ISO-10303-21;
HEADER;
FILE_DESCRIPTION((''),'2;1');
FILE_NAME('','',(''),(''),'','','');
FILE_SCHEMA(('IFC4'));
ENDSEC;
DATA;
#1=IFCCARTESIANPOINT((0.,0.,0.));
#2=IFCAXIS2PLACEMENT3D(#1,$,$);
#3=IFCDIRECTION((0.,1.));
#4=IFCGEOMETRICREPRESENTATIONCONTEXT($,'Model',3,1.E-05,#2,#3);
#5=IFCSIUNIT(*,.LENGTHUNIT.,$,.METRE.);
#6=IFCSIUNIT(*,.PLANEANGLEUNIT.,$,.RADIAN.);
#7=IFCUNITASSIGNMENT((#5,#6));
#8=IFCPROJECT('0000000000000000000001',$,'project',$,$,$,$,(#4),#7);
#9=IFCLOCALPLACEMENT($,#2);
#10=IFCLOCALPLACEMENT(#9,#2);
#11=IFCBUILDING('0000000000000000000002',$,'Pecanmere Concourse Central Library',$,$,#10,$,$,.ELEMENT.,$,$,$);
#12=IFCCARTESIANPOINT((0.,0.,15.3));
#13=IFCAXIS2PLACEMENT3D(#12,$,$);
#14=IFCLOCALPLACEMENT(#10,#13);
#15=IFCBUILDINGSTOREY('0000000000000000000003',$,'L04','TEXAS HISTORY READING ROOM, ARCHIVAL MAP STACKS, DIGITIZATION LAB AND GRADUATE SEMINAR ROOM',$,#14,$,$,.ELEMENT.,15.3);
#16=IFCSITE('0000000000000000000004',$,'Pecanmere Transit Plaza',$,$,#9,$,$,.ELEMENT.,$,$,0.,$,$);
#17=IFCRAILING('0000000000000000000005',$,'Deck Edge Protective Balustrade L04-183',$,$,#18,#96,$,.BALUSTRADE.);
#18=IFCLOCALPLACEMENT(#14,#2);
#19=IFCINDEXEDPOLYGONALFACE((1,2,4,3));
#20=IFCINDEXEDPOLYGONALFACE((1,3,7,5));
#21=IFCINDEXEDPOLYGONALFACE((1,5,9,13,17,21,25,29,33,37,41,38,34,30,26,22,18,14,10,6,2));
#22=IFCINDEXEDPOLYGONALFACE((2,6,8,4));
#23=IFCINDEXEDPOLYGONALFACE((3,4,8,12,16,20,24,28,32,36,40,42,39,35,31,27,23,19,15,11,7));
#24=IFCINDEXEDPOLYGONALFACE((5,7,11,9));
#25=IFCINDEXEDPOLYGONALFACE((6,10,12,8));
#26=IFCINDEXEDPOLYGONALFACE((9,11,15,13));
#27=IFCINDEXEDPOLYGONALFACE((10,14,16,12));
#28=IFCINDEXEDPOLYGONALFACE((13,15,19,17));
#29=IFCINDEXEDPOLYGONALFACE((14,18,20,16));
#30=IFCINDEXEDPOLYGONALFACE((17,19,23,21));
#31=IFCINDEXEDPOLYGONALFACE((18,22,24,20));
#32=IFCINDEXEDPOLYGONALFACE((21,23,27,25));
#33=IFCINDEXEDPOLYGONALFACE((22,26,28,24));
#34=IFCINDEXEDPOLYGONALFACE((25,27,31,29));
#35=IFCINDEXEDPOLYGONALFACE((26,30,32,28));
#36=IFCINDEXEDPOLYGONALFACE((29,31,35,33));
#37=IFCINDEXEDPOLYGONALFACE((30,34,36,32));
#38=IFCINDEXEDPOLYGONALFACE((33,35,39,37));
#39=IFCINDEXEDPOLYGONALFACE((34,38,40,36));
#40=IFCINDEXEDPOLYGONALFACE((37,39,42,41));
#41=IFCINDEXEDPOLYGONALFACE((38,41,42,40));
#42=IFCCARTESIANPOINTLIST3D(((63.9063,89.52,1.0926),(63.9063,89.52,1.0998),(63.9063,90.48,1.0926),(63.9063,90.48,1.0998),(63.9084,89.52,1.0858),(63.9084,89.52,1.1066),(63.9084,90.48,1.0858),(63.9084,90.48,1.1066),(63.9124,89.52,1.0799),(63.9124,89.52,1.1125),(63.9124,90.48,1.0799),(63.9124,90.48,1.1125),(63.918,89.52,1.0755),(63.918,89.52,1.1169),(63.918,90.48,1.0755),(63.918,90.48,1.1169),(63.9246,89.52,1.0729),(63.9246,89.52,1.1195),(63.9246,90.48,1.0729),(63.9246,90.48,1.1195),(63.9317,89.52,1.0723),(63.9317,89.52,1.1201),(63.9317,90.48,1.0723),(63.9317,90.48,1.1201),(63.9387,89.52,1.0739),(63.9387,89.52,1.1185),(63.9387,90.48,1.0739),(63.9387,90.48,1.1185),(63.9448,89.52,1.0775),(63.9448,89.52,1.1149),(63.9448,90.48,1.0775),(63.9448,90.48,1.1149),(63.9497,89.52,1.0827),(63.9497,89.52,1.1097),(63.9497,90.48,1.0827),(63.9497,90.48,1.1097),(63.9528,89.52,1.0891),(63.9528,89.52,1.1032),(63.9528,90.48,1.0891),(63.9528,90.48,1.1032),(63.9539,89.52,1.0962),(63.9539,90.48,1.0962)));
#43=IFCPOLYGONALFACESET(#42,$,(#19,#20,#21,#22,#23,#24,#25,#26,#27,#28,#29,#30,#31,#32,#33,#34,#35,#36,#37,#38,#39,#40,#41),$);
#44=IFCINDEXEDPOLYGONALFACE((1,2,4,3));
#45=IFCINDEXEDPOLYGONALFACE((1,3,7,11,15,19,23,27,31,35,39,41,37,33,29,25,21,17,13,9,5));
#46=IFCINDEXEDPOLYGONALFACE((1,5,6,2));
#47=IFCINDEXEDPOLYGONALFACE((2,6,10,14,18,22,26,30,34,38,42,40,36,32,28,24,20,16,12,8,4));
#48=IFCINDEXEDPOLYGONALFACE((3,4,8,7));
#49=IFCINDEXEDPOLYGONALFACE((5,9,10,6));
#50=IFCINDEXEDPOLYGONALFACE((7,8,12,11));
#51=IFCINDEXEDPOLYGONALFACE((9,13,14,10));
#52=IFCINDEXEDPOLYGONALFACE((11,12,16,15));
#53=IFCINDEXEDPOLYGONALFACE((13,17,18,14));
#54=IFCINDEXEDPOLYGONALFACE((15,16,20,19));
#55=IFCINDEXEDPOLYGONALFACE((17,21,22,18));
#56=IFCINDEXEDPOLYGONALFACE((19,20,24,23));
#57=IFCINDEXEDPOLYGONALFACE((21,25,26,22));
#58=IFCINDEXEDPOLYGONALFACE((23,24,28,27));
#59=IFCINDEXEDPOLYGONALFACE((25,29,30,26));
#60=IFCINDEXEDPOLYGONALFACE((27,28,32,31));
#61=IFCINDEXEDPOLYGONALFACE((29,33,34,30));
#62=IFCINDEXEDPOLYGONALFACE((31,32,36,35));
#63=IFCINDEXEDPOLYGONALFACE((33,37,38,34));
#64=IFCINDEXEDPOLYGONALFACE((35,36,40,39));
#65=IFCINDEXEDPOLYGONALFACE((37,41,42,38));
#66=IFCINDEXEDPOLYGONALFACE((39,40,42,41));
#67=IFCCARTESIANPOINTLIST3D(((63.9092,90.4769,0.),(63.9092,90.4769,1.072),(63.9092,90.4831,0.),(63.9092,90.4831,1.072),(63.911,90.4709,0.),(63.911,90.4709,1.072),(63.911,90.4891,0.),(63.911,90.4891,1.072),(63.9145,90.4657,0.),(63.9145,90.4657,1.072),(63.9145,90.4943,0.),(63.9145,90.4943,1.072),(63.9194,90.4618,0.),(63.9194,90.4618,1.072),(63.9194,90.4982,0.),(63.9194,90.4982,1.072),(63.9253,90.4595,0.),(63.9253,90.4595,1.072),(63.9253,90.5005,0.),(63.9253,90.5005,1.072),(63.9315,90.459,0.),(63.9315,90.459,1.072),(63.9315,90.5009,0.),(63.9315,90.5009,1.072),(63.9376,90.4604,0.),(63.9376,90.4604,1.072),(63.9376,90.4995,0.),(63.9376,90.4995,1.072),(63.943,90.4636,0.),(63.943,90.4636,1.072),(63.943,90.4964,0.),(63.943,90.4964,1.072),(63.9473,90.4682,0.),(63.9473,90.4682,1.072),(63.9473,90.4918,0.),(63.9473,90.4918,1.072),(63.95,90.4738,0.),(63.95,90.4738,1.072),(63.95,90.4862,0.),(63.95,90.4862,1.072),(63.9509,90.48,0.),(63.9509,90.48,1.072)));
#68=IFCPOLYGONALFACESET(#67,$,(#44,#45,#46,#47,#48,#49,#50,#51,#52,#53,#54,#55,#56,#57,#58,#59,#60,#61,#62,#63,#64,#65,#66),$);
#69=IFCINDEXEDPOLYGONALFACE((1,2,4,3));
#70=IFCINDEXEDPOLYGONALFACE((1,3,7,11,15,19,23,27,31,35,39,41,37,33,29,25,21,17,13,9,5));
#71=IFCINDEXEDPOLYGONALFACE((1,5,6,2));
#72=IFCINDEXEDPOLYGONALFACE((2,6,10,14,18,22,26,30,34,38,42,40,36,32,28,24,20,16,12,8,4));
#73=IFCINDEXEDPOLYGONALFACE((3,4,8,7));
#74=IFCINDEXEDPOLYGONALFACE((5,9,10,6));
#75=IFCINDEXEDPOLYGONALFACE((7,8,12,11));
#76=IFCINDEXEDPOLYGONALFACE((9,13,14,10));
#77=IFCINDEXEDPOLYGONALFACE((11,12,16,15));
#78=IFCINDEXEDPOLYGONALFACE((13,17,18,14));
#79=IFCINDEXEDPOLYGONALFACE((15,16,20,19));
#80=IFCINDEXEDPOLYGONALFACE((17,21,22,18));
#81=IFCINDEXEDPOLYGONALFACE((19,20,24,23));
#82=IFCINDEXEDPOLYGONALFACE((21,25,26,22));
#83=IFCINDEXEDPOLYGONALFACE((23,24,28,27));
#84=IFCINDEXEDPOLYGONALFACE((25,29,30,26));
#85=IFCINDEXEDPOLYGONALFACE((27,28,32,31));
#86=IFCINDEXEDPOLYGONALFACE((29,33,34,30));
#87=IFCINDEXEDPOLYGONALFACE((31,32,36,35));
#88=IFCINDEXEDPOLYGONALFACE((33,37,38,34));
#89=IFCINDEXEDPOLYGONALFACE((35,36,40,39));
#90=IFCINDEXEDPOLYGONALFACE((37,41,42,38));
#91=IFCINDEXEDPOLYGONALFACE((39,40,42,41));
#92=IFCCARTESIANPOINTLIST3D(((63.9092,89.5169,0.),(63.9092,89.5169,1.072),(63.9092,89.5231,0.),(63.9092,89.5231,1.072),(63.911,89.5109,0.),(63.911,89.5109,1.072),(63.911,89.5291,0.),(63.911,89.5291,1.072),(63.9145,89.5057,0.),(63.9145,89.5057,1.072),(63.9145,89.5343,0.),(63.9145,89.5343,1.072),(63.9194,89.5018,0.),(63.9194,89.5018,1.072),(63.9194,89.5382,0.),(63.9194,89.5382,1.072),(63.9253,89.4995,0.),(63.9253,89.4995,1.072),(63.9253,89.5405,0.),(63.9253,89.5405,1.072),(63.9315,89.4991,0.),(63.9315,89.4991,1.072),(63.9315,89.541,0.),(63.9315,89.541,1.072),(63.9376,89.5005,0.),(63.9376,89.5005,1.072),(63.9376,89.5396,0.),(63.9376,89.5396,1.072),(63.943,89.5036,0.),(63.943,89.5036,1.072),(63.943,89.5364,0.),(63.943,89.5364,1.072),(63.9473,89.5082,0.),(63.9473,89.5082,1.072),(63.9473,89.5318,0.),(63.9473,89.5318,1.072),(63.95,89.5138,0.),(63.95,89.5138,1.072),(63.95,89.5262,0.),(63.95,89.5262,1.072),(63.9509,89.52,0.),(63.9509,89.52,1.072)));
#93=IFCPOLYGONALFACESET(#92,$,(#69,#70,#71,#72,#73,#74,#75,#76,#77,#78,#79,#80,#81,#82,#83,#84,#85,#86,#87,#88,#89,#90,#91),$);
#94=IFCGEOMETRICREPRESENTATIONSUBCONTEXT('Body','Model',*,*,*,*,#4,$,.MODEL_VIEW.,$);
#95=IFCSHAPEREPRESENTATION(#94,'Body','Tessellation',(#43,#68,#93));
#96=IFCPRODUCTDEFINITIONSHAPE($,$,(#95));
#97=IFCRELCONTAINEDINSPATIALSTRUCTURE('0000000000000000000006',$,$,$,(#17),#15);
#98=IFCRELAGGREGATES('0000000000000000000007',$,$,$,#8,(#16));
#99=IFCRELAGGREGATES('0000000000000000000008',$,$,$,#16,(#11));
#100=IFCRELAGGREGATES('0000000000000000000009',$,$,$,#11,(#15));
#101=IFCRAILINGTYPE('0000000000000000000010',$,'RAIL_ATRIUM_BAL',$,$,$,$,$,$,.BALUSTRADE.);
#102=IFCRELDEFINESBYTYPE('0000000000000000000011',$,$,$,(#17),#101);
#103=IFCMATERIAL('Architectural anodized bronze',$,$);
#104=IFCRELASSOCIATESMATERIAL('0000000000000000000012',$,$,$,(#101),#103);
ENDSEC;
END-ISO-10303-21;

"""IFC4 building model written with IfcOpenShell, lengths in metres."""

from ifc_helpers import new_model, si_unit, direction, frame, origin, origin_2d, place, context, subcontext, project, spatial, circle, extrude, material, type_object, element, save


model = new_model("IFC4")

# Units and contexts
model_context = context("Model", 3, precision=1e-05, world=origin(), true_north=direction((0.0, 1.0)))
body_context = subcontext(model_context, "Body", "Model", "MODEL_VIEW")
ifc_project = project(units=[si_unit("LENGTHUNIT", "METRE"), si_unit("PLANEANGLEUNIT", "RADIAN")], contexts=[model_context])

# Site, building, storey
site_placement = place(None, origin())
site = spatial("IfcSite", under=ifc_project, at=site_placement, Name="Pecanmere Transit Plaza", CompositionType="ELEMENT", RefElevation=0.0)
building_placement = place(site_placement, origin())
building = spatial("IfcBuilding", under=site, at=building_placement, Name="Pecanmere Concourse Central Library", CompositionType="ELEMENT")
storey_placement = place(building_placement, frame((0.0, 0.0, 15.3)))
storey = spatial("IfcBuildingStorey", under=building, at=storey_placement, Name="L04", Description="TEXAS HISTORY READING ROOM, ARCHIVAL MAP STACKS, DIGITIZATION LAB AND GRADUATE SEMINAR ROOM", CompositionType="ELEMENT", Elevation=15.3)

# Railing
ifc_material_1 = material(Name="Architectural anodized bronze")
railing_type = type_object("IfcRailingType", Name="RAIL_ATRIUM_BAL", PredefinedType="BALUSTRADE", material=ifc_material_1)
railing_placement = place(storey_placement, frame((63.9299, 90.48, 0.0)))
element("IfcRailing", 1, at=railing_placement, inside=storey, type_object=railing_type, Name="Deck Edge Protective Balustrade L04-183", PredefinedType="BALUSTRADE", context=body_context, shape_type="SweptSolid", body=[
    extrude(circle(Radius=0.0239, at=origin_2d()), frame((0.0, 0.0, 1.0962), z_axis=(0.0, -1.0, 0.0), x_axis=(1.0, 0.0, 0.0)), (0.0, 0.0, 1.0), 0.96),
    extrude(circle(Radius=0.021, at=origin_2d()), origin(), (0.0, 0.0, 1.0), 1.072),
    extrude(circle(Radius=0.021, at=origin_2d()), frame((0.0, -0.96, 0.0)), (0.0, 0.0, 1.0), 1.072),
])

save(model, "model.ifc")
